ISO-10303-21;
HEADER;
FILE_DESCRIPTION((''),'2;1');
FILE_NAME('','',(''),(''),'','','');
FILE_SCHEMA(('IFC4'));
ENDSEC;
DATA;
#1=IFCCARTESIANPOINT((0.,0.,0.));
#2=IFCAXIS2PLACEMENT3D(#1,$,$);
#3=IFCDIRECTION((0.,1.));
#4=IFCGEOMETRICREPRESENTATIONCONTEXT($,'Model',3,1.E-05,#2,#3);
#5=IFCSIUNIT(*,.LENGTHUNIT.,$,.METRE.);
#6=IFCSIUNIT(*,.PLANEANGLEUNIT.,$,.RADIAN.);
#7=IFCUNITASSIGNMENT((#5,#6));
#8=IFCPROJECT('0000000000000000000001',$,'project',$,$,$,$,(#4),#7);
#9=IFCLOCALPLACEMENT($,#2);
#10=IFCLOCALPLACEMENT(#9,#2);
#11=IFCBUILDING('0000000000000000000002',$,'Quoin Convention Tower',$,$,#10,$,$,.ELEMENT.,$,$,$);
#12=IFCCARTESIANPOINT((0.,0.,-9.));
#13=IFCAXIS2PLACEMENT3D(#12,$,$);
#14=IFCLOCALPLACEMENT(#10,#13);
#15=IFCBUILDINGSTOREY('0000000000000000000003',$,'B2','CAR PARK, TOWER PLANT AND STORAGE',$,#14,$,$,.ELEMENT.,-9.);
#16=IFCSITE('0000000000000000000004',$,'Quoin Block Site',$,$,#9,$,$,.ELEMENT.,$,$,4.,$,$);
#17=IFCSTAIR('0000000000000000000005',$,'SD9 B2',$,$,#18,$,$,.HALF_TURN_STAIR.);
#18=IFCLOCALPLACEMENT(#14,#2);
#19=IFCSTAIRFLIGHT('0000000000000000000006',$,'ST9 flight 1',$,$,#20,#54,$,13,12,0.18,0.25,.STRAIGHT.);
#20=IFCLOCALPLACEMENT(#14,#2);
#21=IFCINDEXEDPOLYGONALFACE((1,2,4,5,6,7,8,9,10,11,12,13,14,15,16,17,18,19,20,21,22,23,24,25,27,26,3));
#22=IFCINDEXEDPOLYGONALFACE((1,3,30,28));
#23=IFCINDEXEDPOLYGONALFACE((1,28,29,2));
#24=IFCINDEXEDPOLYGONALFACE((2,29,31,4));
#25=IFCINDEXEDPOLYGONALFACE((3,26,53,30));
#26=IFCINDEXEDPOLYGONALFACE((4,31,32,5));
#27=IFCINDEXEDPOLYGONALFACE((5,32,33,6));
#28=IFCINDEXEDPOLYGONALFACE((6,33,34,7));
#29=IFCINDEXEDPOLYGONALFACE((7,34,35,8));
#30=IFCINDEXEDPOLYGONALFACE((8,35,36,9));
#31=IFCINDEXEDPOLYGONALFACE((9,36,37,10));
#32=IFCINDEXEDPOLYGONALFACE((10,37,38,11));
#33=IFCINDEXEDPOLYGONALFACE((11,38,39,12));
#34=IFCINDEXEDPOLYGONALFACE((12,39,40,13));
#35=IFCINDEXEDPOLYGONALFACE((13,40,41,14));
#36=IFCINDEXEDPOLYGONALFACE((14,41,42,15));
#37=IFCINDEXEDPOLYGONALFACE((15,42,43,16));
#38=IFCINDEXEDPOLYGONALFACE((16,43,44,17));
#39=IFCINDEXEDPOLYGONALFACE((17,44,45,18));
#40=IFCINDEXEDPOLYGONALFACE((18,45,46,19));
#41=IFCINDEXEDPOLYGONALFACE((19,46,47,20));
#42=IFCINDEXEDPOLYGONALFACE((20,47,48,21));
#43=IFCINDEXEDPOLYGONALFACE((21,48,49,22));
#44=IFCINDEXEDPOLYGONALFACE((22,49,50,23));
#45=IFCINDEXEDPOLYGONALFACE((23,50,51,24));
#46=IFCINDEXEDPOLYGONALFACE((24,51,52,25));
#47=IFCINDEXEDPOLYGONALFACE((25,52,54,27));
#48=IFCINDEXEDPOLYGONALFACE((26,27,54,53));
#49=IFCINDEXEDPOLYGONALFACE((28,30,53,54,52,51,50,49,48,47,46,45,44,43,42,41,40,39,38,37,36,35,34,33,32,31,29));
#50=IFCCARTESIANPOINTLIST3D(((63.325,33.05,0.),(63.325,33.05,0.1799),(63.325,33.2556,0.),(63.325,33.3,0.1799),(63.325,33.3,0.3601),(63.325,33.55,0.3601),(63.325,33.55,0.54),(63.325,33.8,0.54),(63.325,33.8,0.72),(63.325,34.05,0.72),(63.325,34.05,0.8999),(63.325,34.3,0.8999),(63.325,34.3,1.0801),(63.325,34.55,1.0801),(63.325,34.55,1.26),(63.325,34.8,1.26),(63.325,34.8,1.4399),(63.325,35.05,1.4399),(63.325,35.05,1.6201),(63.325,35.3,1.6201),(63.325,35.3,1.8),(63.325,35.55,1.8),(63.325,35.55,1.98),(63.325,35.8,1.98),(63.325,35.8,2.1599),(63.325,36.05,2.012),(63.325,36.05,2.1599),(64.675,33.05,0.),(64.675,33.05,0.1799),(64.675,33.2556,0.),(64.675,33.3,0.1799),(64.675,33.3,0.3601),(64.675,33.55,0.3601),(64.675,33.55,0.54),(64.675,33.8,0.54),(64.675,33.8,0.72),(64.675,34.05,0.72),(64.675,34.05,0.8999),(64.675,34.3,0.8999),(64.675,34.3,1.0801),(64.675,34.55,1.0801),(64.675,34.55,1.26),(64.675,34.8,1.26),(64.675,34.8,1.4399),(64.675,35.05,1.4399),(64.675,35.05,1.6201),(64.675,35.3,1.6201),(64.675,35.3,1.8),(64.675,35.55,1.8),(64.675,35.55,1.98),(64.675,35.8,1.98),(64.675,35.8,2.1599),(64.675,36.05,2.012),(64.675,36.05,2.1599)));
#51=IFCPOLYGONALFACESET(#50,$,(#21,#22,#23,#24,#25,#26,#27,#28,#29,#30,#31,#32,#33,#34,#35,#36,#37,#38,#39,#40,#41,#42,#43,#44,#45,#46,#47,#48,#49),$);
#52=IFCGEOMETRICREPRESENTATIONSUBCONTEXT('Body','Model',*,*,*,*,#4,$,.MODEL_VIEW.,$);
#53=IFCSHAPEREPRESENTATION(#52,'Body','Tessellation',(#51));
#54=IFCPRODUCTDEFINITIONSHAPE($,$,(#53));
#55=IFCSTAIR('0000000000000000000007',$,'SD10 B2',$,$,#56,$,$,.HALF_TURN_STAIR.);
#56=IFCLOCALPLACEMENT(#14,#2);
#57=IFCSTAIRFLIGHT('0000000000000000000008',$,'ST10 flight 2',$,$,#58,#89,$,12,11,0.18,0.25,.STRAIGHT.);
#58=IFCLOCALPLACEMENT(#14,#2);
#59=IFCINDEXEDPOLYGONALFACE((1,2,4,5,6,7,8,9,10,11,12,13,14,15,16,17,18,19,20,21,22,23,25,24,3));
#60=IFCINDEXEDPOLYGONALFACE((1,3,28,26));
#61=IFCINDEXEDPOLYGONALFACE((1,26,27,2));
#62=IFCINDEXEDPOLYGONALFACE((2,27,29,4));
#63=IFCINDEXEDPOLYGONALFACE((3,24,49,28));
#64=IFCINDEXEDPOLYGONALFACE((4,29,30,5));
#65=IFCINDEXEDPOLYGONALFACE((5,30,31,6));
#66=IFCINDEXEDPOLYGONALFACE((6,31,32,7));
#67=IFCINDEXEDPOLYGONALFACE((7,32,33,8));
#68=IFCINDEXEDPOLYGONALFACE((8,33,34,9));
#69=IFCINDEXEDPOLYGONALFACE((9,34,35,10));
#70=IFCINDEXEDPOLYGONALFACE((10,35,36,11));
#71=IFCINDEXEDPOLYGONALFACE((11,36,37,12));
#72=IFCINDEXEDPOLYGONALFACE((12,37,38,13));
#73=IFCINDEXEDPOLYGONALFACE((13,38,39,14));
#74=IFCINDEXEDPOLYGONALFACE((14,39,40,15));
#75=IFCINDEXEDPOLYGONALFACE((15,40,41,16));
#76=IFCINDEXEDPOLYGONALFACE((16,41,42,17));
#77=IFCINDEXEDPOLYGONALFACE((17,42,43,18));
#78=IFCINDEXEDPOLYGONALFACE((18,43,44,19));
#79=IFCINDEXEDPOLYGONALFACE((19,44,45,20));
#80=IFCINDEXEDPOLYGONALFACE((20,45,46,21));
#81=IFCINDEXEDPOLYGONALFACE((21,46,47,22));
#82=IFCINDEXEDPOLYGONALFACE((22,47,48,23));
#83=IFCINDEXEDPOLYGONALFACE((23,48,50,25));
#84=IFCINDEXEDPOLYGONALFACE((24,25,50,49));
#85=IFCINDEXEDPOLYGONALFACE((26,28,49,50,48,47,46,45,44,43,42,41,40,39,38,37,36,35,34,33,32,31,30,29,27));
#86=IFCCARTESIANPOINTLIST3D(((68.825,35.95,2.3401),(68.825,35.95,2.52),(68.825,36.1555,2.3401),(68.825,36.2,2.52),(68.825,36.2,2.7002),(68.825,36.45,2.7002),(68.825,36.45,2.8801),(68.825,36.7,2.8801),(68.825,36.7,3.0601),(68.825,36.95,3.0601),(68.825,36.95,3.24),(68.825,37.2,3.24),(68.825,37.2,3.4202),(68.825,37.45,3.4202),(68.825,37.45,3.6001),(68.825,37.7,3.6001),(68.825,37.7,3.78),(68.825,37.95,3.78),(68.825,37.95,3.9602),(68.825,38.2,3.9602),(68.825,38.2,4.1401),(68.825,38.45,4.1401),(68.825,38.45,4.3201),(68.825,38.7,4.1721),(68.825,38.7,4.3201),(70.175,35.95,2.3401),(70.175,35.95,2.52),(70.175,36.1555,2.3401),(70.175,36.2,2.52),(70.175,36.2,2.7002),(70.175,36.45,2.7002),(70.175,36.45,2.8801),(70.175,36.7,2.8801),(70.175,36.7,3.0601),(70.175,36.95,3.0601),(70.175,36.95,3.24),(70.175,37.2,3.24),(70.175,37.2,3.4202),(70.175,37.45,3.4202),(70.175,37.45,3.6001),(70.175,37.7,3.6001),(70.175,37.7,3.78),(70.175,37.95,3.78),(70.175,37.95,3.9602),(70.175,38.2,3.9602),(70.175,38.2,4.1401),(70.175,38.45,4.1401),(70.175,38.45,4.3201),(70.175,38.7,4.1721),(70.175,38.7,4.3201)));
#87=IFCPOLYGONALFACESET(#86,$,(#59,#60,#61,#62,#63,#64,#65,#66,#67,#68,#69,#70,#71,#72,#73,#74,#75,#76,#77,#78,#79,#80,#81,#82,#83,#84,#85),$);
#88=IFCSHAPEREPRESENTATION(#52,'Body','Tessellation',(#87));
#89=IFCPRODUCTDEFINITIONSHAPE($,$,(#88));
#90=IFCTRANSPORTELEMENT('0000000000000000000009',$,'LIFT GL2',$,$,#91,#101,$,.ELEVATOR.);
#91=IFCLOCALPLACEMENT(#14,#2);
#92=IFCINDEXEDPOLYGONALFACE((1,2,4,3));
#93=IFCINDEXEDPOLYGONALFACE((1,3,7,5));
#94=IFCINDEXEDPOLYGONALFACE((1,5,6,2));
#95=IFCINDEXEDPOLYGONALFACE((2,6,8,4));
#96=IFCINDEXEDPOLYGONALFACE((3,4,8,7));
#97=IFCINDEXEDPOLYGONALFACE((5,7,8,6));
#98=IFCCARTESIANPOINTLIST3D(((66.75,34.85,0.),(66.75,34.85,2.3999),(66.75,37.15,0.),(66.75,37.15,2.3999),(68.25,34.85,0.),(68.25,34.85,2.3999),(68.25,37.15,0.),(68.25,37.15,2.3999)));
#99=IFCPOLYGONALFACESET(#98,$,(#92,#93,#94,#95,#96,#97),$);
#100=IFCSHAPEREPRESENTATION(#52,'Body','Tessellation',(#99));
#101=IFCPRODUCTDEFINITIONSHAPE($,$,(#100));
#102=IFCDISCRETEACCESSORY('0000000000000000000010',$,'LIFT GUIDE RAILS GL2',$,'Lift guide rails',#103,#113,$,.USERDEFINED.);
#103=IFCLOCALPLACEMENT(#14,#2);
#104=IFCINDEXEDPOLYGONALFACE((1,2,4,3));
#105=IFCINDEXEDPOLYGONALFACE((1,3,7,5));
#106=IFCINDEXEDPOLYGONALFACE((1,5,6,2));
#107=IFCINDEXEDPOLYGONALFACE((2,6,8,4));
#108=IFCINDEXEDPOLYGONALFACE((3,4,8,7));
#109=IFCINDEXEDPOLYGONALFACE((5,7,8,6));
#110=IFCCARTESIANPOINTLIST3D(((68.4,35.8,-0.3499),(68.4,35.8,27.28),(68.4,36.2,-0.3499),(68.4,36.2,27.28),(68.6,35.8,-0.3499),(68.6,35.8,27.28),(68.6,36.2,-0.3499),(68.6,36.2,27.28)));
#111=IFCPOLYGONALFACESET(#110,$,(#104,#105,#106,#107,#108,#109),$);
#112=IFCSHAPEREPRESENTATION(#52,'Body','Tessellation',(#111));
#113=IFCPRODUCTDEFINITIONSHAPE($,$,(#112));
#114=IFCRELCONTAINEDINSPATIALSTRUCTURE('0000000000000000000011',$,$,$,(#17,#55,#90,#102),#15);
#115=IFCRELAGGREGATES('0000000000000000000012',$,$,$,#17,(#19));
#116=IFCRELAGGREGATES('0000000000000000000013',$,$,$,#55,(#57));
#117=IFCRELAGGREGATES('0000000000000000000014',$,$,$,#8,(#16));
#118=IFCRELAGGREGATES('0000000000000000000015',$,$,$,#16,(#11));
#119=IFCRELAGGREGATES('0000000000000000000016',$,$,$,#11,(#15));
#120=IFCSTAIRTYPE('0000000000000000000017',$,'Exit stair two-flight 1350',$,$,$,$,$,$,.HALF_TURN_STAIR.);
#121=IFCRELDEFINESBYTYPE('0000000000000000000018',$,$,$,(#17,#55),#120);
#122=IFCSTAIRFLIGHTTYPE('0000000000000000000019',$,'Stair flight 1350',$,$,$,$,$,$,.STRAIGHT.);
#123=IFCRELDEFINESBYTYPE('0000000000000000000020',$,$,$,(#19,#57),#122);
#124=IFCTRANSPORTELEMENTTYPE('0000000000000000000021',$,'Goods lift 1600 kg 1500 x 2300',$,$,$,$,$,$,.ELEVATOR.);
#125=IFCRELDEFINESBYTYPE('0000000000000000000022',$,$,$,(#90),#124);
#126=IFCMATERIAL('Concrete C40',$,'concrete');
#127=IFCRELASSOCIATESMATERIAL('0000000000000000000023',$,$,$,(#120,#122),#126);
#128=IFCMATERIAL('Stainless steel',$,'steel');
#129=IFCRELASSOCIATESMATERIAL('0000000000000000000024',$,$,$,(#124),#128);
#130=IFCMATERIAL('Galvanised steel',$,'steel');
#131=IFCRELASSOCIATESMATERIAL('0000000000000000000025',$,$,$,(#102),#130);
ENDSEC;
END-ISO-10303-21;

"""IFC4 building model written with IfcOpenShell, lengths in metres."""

from ifc_helpers import new_model, si_unit, direction, frame, origin, origin_2d, place, context, subcontext, project, spatial, polyline, rectangle, outline, extrude, material, type_object, element, aggregate, save


model = new_model("IFC4")

# Units and contexts
model_context = context("Model", 3, precision=1e-05, world=origin(), true_north=direction((0.0, 1.0)))
body_context = subcontext(model_context, "Body", "Model", "MODEL_VIEW")
ifc_project = project(units=[si_unit("LENGTHUNIT", "METRE"), si_unit("PLANEANGLEUNIT", "RADIAN")], contexts=[model_context])

# Site, building, storey
site_placement = place(None, origin())
site = spatial("IfcSite", under=ifc_project, at=site_placement, Name="Quoin Block Site", CompositionType="ELEMENT", RefElevation=4.0)
building_placement = place(site_placement, origin())
building = spatial("IfcBuilding", under=site, at=building_placement, Name="Quoin Convention Tower", CompositionType="ELEMENT")
storey_placement = place(building_placement, frame((0.0, 0.0, -9.0)))
storey = spatial("IfcBuildingStorey", under=building, at=storey_placement, Name="B2", Description="CAR PARK, TOWER PLANT AND STORAGE", CompositionType="ELEMENT", Elevation=-9.0)

# Shared definitions
ifc_material_1 = material(Name="Concrete C40", Category="concrete")

# Stairs, stair flights
stair_type = type_object("IfcStairType", Name="Exit stair two-flight 1350", PredefinedType="HALF_TURN_STAIR", material=ifc_material_1)
stair_1_placement = place(storey_placement, origin())
stair_1 = element("IfcStair", 1, at=stair_1_placement, inside=storey, type_object=stair_type, Name="SD9 B2", PredefinedType="HALF_TURN_STAIR")
stair_flight_type = type_object("IfcStairFlightType", Name="Stair flight 1350", PredefinedType="STRAIGHT", material=ifc_material_1)
stair_flight_1_placement = place(storey_placement, frame((64.0, 33.05, 0.0), z_axis=(0.0, 0.0, 1.0), x_axis=(0.0, 1.0, 0.0)))
stair_flight_1 = element("IfcStairFlight", 2, at=stair_flight_1_placement, type_object=stair_flight_type, Name="ST9 flight 1", NumberOfRisers=13, NumberOfTreads=12, PredefinedType="STRAIGHT", RiserHeight=0.18, TreadLength=0.25, context=body_context, shape_type="SweptSolid", body=[
    extrude(outline(polyline([(0.0, 0.0), (0.0, 0.1799), (0.25, 0.1799), (0.25, 0.3601), (0.5, 0.3601), (0.5, 0.54), (0.75, 0.54), (0.75, 0.72), (1.0, 0.72), (1.0, 0.8999), (1.25, 0.8999), (1.25, 1.0801), (1.5, 1.0801), (1.5, 1.26), (1.75, 1.26), (1.75, 1.4399), (2.0, 1.4399), (2.0, 1.6201), (2.25, 1.6201), (2.25, 1.8), (2.5, 1.8), (2.5, 1.98), (2.75, 1.98), (2.75, 2.1599), (3.0, 2.1599), (3.0, 2.3401), (3.0, 2.012), (0.2056, 0.0), (0.0, 0.0)])), frame((0.0, 0.675, 0.0), z_axis=(0.0, -1.0, 0.0), x_axis=(1.0, 0.0, 0.0)), (0.0, 0.0, 1.0), 1.3501),
])
aggregate(stair_1, [stair_flight_1])
stair_2_placement = place(storey_placement, origin())
stair_2 = element("IfcStair", 3, at=stair_2_placement, inside=storey, type_object=stair_type, Name="SD10 B2", PredefinedType="HALF_TURN_STAIR")
stair_flight_2_placement = place(storey_placement, frame((69.5, 35.95, 2.3401), z_axis=(0.0, 0.0, 1.0), x_axis=(0.0, 1.0, 0.0)))
stair_flight_2 = element("IfcStairFlight", 4, at=stair_flight_2_placement, type_object=stair_flight_type, Name="ST10 flight 2", NumberOfRisers=12, NumberOfTreads=11, PredefinedType="STRAIGHT", RiserHeight=0.18, TreadLength=0.25, context=body_context, shape_type="SweptSolid", body=[
    extrude(outline(polyline([(0.0, 0.0), (0.0, 0.1799), (0.25, 0.1799), (0.25, 0.3601), (0.5, 0.3601), (0.5, 0.54), (0.75, 0.54), (0.75, 0.72), (1.0, 0.72), (1.0, 0.8999), (1.25, 0.8999), (1.25, 1.0801), (1.5, 1.0801), (1.5, 1.26), (1.75, 1.26), (1.75, 1.4399), (2.0, 1.4399), (2.0, 1.6201), (2.25, 1.6201), (2.25, 1.8), (2.5, 1.8), (2.5, 1.98), (2.75, 1.98), (2.75, 2.1599), (2.75, 1.832), (0.2056, 0.0), (0.0, 0.0)])), frame((0.0, 0.675, 0.0), z_axis=(0.0, -1.0, 0.0), x_axis=(1.0, 0.0, 0.0)), (0.0, 0.0, 1.0), 1.3501),
])
aggregate(stair_2, [stair_flight_2])

# Shared definitions
ifc_material_2 = material(Name="Stainless steel", Category="steel")

# Transport element
transport_element_type = type_object("IfcTransportElementType", Name="Goods lift 1600 kg 1500 x 2300", PredefinedType="ELEVATOR", material=ifc_material_2)
transport_element_placement = place(storey_placement, frame((67.5, 36.0, 0.0), z_axis=(0.0, 0.0, 1.0), x_axis=(1.0, 0.0, 0.0)))
element("IfcTransportElement", 5, at=transport_element_placement, inside=storey, type_object=transport_element_type, Name="LIFT GL2", PredefinedType="ELEVATOR", context=body_context, shape_type="SweptSolid", body=[
    extrude(rectangle(XDim=1.5, YDim=2.3, at=origin_2d()), origin(), (0.0, 0.0, 1.0), 2.3999),
])

# Discrete accessory
ifc_material_3 = material(Name="Galvanised steel", Category="steel")
discrete_accessory_placement = place(storey_placement, frame((68.5, 36.0, -0.3499), z_axis=(0.0, 0.0, 1.0), x_axis=(1.0, 0.0, 0.0)))
element("IfcDiscreteAccessory", 6, at=discrete_accessory_placement, inside=storey, material=ifc_material_3, Name="LIFT GUIDE RAILS GL2", ObjectType="Lift guide rails", PredefinedType="USERDEFINED", context=body_context, shape_type="SweptSolid", body=[
    extrude(rectangle(XDim=0.2, YDim=0.3999, at=origin_2d()), origin(), (0.0, 0.0, 1.0), 27.6299),
])

save(model, "model.ifc")
